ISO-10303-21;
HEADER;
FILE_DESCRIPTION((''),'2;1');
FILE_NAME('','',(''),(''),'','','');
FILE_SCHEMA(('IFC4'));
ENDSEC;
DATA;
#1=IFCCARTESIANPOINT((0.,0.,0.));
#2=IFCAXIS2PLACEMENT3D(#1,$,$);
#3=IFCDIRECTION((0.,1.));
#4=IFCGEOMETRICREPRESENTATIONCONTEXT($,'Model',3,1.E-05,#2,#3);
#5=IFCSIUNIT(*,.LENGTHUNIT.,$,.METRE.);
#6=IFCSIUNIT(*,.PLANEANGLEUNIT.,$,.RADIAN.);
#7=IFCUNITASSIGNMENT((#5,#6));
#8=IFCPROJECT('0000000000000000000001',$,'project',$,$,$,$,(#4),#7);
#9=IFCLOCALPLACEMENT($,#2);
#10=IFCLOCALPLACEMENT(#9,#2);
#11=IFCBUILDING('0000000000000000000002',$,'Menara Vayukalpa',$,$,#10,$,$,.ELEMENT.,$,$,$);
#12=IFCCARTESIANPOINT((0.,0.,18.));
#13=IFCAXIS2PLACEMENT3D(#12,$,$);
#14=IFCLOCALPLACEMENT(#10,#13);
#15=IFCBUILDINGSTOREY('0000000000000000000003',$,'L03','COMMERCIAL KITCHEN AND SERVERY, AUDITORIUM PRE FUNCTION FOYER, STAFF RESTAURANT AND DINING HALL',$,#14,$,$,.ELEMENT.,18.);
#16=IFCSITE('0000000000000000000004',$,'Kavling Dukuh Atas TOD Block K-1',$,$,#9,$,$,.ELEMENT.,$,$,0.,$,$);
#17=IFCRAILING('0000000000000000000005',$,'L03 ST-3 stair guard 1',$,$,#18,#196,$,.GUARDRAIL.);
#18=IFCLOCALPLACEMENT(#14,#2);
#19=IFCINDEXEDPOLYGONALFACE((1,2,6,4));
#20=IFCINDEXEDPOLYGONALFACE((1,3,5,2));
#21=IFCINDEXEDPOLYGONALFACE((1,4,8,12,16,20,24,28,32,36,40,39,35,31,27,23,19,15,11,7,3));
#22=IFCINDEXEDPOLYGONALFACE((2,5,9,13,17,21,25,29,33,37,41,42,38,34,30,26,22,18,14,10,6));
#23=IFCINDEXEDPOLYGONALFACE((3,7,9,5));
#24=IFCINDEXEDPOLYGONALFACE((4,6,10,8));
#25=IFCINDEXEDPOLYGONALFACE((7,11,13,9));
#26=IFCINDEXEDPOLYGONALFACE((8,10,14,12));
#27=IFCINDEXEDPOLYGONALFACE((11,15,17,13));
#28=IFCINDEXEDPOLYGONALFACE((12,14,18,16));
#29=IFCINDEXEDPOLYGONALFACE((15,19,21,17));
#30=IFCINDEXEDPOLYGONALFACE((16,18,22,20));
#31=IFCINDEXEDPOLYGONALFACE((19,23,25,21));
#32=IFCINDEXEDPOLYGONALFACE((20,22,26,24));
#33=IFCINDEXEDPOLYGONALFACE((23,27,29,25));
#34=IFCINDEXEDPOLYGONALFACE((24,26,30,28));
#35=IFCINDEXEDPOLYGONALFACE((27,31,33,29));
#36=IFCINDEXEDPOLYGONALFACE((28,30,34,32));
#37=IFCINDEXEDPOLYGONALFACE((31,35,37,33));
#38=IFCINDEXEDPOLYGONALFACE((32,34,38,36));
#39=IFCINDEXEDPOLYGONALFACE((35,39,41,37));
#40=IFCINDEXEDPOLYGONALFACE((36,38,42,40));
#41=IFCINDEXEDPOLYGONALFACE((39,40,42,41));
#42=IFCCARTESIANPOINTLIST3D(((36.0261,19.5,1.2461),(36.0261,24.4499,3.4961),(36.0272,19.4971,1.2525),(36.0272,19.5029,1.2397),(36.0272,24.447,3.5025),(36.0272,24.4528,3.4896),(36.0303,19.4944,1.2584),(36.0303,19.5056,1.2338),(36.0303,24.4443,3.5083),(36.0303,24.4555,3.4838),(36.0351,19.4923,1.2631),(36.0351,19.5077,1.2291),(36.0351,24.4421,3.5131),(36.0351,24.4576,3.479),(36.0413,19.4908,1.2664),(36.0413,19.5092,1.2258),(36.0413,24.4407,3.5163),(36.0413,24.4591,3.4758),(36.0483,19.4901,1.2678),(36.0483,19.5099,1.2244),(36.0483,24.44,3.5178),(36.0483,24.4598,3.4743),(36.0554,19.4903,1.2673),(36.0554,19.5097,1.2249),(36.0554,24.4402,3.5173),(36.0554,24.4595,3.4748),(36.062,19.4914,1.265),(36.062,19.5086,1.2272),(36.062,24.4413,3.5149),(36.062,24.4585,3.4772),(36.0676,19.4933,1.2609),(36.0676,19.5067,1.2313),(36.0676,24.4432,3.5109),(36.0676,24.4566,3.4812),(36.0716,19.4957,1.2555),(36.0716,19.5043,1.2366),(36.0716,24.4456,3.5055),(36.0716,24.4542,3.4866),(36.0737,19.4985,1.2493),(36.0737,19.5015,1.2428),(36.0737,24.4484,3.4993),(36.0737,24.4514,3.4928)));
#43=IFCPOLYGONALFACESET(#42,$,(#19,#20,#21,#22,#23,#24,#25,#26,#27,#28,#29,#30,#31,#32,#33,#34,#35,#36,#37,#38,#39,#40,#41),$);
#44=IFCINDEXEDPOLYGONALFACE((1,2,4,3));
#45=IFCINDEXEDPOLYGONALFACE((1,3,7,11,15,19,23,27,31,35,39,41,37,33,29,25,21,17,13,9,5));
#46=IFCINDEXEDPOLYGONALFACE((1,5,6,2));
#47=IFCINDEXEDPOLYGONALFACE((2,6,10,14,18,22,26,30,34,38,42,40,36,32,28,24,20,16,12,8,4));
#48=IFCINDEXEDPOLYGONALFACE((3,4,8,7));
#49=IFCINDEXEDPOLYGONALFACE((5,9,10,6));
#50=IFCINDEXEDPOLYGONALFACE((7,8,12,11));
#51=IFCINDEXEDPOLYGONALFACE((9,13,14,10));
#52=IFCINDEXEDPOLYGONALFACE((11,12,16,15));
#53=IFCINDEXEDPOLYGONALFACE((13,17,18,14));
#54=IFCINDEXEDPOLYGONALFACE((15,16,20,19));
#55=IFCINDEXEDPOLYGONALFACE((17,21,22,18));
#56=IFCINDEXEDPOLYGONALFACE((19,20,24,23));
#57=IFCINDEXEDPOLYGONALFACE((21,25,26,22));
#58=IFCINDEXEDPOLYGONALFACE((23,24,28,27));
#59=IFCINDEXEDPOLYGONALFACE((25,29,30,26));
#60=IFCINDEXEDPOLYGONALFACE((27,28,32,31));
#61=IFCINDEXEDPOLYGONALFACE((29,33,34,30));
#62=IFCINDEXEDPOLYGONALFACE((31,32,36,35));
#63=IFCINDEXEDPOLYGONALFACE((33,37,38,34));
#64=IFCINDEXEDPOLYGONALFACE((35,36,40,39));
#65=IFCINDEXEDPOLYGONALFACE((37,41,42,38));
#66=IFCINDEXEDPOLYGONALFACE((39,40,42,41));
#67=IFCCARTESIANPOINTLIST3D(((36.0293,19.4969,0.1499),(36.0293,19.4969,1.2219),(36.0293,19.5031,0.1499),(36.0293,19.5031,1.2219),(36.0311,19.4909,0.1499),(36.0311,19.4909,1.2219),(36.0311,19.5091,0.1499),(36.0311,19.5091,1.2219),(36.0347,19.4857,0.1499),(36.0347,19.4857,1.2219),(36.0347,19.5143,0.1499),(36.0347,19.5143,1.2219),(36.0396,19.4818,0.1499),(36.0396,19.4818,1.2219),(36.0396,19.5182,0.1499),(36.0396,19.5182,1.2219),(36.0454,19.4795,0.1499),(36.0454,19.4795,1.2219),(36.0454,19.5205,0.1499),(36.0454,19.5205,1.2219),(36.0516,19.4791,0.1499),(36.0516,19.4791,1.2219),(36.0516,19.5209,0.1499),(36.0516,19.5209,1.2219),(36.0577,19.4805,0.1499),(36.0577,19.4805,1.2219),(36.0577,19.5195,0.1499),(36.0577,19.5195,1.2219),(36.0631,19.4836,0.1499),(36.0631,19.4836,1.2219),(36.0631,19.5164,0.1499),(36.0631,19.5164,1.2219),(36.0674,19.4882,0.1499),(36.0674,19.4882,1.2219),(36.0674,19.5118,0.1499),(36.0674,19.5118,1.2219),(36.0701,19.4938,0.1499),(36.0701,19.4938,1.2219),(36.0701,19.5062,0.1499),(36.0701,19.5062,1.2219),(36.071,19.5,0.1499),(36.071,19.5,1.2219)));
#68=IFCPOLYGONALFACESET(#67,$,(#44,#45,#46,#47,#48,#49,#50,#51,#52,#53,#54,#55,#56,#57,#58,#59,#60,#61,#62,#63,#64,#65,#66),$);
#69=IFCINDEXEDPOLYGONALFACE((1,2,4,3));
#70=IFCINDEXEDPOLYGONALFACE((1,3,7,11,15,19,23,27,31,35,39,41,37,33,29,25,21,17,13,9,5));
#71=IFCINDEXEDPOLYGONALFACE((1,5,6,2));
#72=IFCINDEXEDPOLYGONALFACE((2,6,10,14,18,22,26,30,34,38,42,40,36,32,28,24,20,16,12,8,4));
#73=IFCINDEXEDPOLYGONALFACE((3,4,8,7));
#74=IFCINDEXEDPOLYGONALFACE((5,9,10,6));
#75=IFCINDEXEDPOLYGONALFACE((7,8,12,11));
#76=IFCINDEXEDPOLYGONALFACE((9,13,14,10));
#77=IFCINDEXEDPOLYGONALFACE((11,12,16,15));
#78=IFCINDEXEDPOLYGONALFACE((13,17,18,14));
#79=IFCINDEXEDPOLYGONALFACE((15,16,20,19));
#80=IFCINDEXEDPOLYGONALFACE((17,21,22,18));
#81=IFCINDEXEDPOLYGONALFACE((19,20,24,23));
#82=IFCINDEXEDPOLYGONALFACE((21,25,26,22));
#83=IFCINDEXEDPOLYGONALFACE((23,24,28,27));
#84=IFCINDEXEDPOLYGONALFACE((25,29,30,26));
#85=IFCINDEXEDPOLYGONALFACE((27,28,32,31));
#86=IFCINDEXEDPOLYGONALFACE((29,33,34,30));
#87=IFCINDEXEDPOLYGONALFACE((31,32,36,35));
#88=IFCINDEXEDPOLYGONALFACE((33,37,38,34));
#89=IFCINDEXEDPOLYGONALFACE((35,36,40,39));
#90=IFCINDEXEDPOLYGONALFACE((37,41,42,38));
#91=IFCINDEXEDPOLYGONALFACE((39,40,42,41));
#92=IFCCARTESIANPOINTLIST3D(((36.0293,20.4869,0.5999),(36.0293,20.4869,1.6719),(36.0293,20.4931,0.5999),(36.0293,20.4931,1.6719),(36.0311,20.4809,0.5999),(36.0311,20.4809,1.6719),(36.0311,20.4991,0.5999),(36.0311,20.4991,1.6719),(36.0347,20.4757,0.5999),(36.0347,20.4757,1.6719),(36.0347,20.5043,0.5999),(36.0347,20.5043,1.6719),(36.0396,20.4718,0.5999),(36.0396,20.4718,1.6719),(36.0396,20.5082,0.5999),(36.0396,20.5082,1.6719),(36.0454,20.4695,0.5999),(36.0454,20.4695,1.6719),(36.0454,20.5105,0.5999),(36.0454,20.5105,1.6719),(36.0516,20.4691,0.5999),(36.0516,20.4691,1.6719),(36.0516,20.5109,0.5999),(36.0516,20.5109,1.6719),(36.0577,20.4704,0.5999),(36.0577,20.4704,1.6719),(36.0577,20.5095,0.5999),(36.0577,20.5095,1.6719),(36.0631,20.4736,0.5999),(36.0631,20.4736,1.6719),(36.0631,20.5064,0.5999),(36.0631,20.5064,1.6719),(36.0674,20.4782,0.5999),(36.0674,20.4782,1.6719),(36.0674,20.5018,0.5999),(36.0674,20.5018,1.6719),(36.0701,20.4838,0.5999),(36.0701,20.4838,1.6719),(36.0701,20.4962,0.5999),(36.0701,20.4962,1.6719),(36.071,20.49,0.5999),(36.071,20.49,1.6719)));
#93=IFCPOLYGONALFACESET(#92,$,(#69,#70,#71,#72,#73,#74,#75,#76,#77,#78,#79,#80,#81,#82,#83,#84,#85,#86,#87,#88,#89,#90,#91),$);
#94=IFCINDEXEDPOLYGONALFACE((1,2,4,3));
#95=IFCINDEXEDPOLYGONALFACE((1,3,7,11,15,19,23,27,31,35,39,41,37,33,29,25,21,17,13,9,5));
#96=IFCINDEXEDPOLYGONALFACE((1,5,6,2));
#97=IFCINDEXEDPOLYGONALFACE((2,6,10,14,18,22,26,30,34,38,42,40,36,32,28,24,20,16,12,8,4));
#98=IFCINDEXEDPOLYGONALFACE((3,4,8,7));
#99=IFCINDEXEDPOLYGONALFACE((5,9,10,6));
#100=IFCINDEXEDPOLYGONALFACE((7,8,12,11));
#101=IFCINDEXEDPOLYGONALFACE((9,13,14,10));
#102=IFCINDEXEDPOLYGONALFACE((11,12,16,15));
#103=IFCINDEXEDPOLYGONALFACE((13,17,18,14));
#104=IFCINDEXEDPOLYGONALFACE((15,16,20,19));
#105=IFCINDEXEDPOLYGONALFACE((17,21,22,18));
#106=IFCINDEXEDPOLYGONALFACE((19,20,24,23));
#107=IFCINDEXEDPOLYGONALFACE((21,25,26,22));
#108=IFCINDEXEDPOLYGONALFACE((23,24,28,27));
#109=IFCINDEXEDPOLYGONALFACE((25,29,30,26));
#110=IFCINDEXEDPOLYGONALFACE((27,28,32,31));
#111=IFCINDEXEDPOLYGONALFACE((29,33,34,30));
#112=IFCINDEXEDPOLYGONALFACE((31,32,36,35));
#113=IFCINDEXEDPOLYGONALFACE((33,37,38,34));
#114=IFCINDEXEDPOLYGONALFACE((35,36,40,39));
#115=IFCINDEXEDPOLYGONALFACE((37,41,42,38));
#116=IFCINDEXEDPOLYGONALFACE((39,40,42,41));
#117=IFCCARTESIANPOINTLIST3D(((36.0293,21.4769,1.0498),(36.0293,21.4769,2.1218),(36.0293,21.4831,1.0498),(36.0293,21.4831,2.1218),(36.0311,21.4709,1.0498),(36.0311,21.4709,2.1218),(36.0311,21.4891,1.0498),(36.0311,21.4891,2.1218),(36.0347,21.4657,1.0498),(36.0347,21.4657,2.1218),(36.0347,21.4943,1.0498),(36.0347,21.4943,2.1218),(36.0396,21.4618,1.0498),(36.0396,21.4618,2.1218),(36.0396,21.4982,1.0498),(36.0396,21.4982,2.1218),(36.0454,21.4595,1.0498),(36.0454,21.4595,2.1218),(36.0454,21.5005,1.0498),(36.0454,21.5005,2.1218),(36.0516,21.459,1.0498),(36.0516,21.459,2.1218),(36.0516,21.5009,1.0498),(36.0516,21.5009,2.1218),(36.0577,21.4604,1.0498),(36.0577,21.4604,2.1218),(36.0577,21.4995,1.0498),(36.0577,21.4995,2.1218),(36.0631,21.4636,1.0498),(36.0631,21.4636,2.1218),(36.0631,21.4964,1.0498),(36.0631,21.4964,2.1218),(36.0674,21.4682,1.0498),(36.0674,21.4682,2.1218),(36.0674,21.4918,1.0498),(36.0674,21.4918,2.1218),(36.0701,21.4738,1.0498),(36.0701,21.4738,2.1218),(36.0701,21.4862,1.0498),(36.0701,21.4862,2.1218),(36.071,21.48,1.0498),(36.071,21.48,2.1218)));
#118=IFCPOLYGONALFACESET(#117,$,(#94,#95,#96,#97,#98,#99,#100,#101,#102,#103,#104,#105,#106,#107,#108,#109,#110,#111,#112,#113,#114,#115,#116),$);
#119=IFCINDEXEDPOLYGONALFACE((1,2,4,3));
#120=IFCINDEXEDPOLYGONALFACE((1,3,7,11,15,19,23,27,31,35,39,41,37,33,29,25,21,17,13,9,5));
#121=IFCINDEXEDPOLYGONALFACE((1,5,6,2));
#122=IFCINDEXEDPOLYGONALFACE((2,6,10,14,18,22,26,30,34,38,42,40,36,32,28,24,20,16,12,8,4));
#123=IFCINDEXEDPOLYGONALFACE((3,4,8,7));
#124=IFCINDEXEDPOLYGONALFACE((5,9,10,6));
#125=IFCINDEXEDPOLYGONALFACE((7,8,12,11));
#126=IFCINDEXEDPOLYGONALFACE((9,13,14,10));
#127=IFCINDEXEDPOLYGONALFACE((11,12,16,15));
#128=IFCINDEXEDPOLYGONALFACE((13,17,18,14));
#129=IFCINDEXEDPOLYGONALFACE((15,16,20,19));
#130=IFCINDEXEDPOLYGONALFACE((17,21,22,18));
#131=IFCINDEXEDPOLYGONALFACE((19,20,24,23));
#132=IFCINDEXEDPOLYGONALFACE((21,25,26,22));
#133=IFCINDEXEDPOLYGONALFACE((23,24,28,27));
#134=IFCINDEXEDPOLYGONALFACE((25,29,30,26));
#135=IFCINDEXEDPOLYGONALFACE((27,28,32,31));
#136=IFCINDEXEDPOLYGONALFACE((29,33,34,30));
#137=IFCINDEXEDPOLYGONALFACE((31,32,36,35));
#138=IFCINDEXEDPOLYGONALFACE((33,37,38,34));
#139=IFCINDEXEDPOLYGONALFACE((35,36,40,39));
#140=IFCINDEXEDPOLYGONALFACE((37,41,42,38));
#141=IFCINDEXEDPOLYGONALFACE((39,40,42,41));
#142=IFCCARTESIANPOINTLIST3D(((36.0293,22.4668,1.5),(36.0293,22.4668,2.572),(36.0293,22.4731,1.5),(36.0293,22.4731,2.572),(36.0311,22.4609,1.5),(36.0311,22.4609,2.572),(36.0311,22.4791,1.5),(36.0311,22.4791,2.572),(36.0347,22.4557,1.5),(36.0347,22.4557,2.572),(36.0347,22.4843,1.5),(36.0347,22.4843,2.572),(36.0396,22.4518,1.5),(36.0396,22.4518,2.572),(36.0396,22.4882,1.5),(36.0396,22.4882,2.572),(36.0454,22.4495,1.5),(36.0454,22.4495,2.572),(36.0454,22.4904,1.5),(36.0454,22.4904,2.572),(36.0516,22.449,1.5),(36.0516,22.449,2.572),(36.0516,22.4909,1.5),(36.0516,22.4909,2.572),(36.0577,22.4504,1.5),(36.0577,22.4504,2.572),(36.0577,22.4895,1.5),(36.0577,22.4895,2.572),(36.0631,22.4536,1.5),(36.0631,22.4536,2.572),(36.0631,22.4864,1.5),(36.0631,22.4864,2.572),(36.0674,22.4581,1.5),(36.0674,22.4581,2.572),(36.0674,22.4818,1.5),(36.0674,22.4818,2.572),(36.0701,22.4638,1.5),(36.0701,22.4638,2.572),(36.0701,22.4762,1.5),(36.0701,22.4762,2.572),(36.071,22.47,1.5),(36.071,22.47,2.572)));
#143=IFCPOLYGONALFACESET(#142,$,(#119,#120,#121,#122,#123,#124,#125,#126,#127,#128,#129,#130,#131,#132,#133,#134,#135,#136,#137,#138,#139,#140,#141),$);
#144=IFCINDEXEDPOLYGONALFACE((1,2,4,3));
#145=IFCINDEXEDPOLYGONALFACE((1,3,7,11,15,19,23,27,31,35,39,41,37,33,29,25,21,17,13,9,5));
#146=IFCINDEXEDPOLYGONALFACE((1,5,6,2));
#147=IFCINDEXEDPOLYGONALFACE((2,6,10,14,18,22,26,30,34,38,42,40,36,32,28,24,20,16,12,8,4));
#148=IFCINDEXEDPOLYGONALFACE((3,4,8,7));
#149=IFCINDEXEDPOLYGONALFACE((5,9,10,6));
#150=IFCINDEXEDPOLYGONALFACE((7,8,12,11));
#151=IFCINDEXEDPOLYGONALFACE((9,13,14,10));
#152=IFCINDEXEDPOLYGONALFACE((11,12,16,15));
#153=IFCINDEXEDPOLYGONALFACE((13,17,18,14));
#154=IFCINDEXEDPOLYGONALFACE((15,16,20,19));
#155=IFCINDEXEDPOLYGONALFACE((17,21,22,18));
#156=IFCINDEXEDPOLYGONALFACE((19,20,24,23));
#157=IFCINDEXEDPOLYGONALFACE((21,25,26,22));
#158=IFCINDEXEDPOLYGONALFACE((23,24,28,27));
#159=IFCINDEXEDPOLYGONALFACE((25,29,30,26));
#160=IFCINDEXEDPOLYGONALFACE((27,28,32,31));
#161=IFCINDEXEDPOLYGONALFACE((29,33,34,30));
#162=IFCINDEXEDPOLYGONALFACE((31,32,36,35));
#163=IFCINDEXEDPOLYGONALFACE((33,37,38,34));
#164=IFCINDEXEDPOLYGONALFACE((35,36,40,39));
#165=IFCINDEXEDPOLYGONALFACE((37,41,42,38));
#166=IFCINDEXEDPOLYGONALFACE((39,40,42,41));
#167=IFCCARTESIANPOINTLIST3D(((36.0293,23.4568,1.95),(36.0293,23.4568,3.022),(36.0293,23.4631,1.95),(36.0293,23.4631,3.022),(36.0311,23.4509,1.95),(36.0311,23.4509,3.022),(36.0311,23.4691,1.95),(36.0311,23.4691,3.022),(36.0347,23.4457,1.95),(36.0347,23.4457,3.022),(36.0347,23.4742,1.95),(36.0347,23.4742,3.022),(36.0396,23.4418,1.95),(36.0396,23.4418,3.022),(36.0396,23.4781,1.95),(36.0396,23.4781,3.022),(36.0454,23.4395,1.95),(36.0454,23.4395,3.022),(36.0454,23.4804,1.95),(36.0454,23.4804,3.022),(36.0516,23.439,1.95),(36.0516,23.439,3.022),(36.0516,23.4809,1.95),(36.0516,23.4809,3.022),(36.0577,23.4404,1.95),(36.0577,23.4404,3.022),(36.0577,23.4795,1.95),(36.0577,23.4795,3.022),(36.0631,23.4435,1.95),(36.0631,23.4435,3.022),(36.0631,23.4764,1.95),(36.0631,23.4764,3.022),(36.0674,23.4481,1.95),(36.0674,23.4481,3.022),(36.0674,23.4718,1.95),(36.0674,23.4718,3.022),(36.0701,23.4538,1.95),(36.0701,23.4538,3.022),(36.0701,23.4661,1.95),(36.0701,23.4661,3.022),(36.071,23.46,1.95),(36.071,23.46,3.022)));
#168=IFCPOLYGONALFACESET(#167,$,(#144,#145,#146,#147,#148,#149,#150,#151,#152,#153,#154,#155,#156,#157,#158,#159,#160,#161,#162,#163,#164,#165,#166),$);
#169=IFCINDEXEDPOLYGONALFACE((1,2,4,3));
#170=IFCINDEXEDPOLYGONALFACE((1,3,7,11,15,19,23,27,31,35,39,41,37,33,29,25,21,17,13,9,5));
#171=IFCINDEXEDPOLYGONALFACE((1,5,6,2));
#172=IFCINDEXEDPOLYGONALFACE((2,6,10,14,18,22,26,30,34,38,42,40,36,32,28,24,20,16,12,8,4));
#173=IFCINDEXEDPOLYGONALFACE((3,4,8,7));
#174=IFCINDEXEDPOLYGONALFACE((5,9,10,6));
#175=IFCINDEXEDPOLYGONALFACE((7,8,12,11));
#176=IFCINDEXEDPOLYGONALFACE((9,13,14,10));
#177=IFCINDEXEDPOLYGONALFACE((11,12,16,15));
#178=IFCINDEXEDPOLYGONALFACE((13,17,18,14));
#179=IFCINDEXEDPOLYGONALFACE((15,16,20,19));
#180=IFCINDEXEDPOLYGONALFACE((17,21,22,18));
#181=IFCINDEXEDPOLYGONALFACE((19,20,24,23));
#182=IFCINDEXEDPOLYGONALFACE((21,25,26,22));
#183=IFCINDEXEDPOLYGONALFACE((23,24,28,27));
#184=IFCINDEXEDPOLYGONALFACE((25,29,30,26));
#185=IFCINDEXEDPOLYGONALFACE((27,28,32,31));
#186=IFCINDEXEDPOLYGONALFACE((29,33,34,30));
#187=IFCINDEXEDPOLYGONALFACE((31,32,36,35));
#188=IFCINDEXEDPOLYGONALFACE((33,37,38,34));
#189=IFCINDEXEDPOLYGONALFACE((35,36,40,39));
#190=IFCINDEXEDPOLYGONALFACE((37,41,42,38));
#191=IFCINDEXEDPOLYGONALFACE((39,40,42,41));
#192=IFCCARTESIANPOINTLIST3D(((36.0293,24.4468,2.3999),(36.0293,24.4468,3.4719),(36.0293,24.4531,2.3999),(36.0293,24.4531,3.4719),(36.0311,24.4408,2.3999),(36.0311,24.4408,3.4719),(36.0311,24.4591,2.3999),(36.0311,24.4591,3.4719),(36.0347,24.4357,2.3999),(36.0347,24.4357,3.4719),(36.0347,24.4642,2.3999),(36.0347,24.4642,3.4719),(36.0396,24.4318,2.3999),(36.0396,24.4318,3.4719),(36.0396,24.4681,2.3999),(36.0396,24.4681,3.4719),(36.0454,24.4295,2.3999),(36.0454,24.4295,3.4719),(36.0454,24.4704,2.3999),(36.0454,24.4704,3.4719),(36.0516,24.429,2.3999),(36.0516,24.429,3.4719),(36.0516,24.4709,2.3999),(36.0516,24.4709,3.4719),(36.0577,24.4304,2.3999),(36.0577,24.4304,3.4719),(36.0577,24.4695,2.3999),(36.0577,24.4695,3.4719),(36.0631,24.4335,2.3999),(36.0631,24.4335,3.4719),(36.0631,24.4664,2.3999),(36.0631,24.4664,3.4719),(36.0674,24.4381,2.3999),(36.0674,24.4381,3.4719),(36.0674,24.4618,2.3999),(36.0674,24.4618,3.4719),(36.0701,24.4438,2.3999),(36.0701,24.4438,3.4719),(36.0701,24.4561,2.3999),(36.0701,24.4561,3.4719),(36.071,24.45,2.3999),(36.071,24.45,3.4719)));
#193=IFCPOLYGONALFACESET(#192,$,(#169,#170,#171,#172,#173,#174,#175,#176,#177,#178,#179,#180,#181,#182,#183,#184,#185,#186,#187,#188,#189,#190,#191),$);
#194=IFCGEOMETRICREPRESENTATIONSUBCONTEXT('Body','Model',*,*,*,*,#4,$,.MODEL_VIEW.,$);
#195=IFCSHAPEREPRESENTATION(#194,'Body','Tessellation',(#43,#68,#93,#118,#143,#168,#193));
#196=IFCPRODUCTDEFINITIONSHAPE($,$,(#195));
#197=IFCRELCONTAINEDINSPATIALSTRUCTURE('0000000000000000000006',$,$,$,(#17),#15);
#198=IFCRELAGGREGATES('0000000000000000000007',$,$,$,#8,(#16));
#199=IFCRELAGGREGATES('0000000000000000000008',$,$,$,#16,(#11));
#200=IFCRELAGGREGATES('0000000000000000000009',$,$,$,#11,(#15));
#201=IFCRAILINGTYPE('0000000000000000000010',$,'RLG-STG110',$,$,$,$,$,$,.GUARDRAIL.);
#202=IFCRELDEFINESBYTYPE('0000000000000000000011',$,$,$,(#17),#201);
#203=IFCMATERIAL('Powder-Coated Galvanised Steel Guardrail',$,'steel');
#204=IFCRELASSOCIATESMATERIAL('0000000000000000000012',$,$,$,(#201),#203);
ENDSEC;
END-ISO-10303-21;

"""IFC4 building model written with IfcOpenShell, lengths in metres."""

from ifc_helpers import new_model, si_unit, direction, frame, origin, origin_2d, place, context, subcontext, project, spatial, circle, extrude, material, type_object, element, save


model = new_model("IFC4")

# Units and contexts
model_context = context("Model", 3, precision=1e-05, world=origin(), true_north=direction((0.0, 1.0)))
body_context = subcontext(model_context, "Body", "Model", "MODEL_VIEW")
ifc_project = project(units=[si_unit("LENGTHUNIT", "METRE"), si_unit("PLANEANGLEUNIT", "RADIAN")], contexts=[model_context])

# Site, building, storey
site_placement = place(None, origin())
site = spatial("IfcSite", under=ifc_project, at=site_placement, Name="Kavling Dukuh Atas TOD Block K-1", CompositionType="ELEMENT", RefElevation=0.0)
building_placement = place(site_placement, origin())
building = spatial("IfcBuilding", under=site, at=building_placement, Name="Menara Vayukalpa", CompositionType="ELEMENT")
storey_placement = place(building_placement, frame((0.0, 0.0, 18.0)))
storey = spatial("IfcBuildingStorey", under=building, at=storey_placement, Name="L03", Description="COMMERCIAL KITCHEN AND SERVERY, AUDITORIUM PRE FUNCTION FOYER, STAFF RESTAURANT AND DINING HALL", CompositionType="ELEMENT", Elevation=18.0)

# Railing
ifc_material_1 = material(Name="Powder-Coated Galvanised Steel Guardrail", Category="steel")
railing_type_1 = type_object("IfcRailingType", Name="RLG-STG110", PredefinedType="GUARDRAIL", material=ifc_material_1)
railing_1_placement = place(storey_placement, frame((36.05, 19.5, 0.1499)))
element("IfcRailing", 1, at=railing_1_placement, inside=storey, type_object=railing_type_1, Name="L03 ST-3 stair guard 1", PredefinedType="GUARDRAIL", context=body_context, shape_type="SweptSolid", body=[
    extrude(circle(Radius=0.0239, at=origin_2d()), frame((0.0, 0.0, 1.0962), z_axis=(0.0, 0.910365, 0.413806), x_axis=(-1.0, 0.0, 0.0)), (0.0, 0.0, 1.0), 5.4373),
    extrude(circle(Radius=0.021, at=origin_2d()), origin(), (0.0, 0.0, 1.0), 1.072),
    extrude(circle(Radius=0.021, at=origin_2d()), frame((0.0, 0.99, 0.45)), (0.0, 0.0, 1.0), 1.072),
    extrude(circle(Radius=0.021, at=origin_2d()), frame((0.0, 1.98, 0.8999)), (0.0, 0.0, 1.0), 1.072),
    extrude(circle(Radius=0.021, at=origin_2d()), frame((0.0, 2.97, 1.3501)), (0.0, 0.0, 1.0), 1.072),
    extrude(circle(Radius=0.021, at=origin_2d()), frame((0.0, 3.96, 1.8)), (0.0, 0.0, 1.0), 1.072),
    extrude(circle(Radius=0.021, at=origin_2d()), frame((0.0, 4.95, 2.25)), (0.0, 0.0, 1.0), 1.072),
])

save(model, "model.ifc")
